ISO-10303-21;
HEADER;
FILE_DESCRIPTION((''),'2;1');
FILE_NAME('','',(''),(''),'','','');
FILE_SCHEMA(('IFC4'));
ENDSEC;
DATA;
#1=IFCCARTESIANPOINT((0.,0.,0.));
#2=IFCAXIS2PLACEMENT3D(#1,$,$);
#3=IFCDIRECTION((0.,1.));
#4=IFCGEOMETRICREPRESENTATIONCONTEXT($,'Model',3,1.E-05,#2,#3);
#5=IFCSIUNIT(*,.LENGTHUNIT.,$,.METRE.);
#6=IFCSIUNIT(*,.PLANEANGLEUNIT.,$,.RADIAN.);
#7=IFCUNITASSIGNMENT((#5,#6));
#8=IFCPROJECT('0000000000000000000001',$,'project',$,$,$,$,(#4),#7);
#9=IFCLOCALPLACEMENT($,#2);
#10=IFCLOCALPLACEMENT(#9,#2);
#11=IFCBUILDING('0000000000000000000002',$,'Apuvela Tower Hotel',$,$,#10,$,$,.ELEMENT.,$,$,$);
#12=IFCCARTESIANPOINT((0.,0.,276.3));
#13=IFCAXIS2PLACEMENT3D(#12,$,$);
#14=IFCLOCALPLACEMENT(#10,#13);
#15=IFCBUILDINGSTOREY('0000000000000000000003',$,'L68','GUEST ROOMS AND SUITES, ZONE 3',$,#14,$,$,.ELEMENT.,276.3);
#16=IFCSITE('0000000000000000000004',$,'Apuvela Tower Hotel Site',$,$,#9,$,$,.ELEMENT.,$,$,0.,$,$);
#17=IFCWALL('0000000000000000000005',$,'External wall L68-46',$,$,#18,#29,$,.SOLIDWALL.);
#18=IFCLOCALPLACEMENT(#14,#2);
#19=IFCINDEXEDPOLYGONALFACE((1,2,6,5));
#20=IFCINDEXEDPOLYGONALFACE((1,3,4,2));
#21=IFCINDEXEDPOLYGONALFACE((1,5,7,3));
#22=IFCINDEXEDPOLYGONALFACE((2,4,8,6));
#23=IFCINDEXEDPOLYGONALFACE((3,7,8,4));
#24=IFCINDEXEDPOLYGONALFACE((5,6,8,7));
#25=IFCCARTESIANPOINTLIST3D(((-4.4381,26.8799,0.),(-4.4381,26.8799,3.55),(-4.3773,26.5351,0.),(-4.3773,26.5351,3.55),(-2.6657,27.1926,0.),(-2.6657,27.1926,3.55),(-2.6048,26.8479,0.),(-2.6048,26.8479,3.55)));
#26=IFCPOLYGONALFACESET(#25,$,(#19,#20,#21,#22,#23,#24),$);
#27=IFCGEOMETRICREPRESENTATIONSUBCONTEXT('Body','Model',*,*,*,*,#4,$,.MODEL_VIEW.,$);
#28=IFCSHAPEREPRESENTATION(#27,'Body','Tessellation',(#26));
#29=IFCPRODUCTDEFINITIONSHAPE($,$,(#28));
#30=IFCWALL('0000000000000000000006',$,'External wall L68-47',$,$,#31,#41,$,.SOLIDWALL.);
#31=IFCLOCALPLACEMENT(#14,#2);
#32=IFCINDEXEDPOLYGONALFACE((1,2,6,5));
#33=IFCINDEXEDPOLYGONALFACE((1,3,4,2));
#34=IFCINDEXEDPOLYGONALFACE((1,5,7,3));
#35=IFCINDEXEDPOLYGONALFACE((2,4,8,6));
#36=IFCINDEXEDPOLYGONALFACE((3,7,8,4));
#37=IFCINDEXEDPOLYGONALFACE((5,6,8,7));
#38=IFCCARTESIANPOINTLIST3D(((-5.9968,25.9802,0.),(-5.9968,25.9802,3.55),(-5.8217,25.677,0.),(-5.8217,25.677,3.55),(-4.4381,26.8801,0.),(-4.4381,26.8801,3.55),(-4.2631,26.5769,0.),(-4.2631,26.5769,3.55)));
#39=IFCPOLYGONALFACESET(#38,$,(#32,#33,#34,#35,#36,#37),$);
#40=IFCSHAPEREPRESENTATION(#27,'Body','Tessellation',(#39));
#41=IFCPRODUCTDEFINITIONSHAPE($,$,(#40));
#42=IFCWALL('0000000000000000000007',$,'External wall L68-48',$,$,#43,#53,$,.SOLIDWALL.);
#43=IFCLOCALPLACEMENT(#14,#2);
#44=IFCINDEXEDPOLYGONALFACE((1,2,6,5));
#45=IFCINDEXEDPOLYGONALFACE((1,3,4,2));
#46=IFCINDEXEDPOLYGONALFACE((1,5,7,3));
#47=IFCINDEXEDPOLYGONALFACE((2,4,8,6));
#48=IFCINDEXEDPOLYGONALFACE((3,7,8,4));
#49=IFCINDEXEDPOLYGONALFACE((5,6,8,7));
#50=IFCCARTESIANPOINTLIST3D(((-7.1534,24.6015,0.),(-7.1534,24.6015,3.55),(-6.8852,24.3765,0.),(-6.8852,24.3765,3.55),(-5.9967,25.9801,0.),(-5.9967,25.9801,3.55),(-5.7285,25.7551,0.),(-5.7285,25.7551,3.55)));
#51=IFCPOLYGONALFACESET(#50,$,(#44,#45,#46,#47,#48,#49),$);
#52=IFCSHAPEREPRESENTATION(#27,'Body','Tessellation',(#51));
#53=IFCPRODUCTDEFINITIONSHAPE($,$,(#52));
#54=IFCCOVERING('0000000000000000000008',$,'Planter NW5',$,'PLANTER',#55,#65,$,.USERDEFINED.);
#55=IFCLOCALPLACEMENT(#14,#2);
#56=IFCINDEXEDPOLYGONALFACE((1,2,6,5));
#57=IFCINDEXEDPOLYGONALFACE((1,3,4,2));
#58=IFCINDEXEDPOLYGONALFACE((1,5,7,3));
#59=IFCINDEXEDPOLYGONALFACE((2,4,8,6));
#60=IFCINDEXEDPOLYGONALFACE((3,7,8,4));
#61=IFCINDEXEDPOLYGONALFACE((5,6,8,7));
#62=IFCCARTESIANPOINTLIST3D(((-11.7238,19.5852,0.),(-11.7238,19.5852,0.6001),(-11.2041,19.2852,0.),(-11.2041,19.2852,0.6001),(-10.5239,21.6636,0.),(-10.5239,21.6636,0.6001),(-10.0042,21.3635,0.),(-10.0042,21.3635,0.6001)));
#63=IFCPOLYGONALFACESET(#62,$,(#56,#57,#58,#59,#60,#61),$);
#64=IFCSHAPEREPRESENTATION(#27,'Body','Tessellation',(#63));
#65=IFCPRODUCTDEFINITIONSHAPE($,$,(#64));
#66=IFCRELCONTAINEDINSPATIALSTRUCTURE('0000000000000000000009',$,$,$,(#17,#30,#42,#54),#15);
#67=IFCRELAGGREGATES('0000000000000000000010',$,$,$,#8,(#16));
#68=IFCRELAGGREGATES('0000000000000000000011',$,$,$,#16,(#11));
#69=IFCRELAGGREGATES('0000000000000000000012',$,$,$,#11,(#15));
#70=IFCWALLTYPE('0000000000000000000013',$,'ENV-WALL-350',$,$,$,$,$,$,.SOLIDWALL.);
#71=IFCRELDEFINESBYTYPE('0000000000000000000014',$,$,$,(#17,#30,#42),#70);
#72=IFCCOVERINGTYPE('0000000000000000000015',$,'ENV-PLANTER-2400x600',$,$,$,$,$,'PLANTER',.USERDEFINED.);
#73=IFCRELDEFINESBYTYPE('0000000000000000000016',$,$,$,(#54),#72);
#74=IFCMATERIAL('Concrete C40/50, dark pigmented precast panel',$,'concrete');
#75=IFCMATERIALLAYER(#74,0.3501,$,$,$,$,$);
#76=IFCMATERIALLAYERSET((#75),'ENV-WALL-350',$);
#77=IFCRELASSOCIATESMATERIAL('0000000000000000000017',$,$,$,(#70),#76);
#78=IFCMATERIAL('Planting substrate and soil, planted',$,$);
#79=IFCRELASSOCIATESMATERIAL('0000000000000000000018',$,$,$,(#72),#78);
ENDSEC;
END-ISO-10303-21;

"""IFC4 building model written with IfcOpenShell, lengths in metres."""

from ifc_helpers import new_model, si_unit, direction, frame, frame_2d, origin, origin_2d, place, context, subcontext, project, spatial, rectangle, extrude, material, layer, layer_set, type_object, element, save


model = new_model("IFC4")

# Units and contexts
model_context = context("Model", 3, precision=1e-05, world=origin(), true_north=direction((0.0, 1.0)))
body_context = subcontext(model_context, "Body", "Model", "MODEL_VIEW")
ifc_project = project(units=[si_unit("LENGTHUNIT", "METRE"), si_unit("PLANEANGLEUNIT", "RADIAN")], contexts=[model_context])

# Site, building, storey
site_placement = place(None, origin())
site = spatial("IfcSite", under=ifc_project, at=site_placement, Name="Apuvela Tower Hotel Site", CompositionType="ELEMENT", RefElevation=0.0)
building_placement = place(site_placement, origin())
building = spatial("IfcBuilding", under=site, at=building_placement, Name="Apuvela Tower Hotel", CompositionType="ELEMENT")
storey_placement = place(building_placement, frame((0.0, 0.0, 276.3)))
storey = spatial("IfcBuildingStorey", under=building, at=storey_placement, Name="L68", Description="GUEST ROOMS AND SUITES, ZONE 3", CompositionType="ELEMENT", Elevation=276.3)

# Shared definitions
ifc_material_1 = material(Name="Concrete C40/50, dark pigmented precast panel", Category="concrete")
ifc_layer_1 = layer(ifc_material_1, 0.3501)
ifc_layer_set_1 = layer_set([ifc_layer_1], Name="ENV-WALL-350")
wall_type_1 = type_object("IfcWallType", Name="ENV-WALL-350", PredefinedType="SOLIDWALL", material=ifc_layer_set_1)

# Walls
for number, where, z_axis, x_axis, name in (
    (1, (-2.6353, 27.0203, 0.0), (0.0, 0.0, 1.0), (-0.984788, -0.173762, 0.0), "External wall L68-46"),
    (2, (-4.3506, 26.7285, 0.0), (0.0, 0.0, 1.0), (-0.866014, -0.50002, 0.0), "External wall L68-47"),
):
    element("IfcWall", number, at=place(storey_placement, frame(where, z_axis=z_axis, x_axis=x_axis)), inside=storey, type_object=wall_type_1, Name=name, PredefinedType="SOLIDWALL", context=body_context, shape_type="SweptSolid", body=[
        extrude(rectangle(XDim=1.7998, YDim=0.3501, at=frame_2d((0.8999, 0.0))), origin(), (0.0, 0.0, 1.0), 3.55),
    ])
wall_1_placement = place(storey_placement, frame((-5.8625, 25.8677, 0.0), z_axis=(0.0, 0.0, 1.0), x_axis=(-0.642756, -0.766071, 0.0)))
element("IfcWall", 3, at=wall_1_placement, inside=storey, type_object=wall_type_1, Name="External wall L68-48", PredefinedType="SOLIDWALL", context=body_context, shape_type="SweptSolid", body=[
    extrude(rectangle(XDim=1.7996, YDim=0.3501, at=frame_2d((0.8999, 0.0))), origin(), (0.0, 0.0, 1.0), 3.55),
])

# Covering
ifc_material_2 = material(Name="Planting substrate and soil, planted")
covering_type = type_object("IfcCoveringType", Name="ENV-PLANTER-2400x600", ElementType="PLANTER", PredefinedType="USERDEFINED", material=ifc_material_2)
covering_placement = place(storey_placement, frame((-10.864, 20.4744, 0.0), z_axis=(0.0, 0.0, 1.0), x_axis=(-0.5, -0.866025, 0.0)))
element("IfcCovering", 4, at=covering_placement, inside=storey, type_object=covering_type, Name="Planter NW5", ObjectType="PLANTER", PredefinedType="USERDEFINED", context=body_context, shape_type="SweptSolid", body=[
    extrude(rectangle(XDim=2.3999, YDim=0.6001, at=origin_2d()), origin(), (0.0, 0.0, 1.0), 0.6001),
])

save(model, "model.ifc")
